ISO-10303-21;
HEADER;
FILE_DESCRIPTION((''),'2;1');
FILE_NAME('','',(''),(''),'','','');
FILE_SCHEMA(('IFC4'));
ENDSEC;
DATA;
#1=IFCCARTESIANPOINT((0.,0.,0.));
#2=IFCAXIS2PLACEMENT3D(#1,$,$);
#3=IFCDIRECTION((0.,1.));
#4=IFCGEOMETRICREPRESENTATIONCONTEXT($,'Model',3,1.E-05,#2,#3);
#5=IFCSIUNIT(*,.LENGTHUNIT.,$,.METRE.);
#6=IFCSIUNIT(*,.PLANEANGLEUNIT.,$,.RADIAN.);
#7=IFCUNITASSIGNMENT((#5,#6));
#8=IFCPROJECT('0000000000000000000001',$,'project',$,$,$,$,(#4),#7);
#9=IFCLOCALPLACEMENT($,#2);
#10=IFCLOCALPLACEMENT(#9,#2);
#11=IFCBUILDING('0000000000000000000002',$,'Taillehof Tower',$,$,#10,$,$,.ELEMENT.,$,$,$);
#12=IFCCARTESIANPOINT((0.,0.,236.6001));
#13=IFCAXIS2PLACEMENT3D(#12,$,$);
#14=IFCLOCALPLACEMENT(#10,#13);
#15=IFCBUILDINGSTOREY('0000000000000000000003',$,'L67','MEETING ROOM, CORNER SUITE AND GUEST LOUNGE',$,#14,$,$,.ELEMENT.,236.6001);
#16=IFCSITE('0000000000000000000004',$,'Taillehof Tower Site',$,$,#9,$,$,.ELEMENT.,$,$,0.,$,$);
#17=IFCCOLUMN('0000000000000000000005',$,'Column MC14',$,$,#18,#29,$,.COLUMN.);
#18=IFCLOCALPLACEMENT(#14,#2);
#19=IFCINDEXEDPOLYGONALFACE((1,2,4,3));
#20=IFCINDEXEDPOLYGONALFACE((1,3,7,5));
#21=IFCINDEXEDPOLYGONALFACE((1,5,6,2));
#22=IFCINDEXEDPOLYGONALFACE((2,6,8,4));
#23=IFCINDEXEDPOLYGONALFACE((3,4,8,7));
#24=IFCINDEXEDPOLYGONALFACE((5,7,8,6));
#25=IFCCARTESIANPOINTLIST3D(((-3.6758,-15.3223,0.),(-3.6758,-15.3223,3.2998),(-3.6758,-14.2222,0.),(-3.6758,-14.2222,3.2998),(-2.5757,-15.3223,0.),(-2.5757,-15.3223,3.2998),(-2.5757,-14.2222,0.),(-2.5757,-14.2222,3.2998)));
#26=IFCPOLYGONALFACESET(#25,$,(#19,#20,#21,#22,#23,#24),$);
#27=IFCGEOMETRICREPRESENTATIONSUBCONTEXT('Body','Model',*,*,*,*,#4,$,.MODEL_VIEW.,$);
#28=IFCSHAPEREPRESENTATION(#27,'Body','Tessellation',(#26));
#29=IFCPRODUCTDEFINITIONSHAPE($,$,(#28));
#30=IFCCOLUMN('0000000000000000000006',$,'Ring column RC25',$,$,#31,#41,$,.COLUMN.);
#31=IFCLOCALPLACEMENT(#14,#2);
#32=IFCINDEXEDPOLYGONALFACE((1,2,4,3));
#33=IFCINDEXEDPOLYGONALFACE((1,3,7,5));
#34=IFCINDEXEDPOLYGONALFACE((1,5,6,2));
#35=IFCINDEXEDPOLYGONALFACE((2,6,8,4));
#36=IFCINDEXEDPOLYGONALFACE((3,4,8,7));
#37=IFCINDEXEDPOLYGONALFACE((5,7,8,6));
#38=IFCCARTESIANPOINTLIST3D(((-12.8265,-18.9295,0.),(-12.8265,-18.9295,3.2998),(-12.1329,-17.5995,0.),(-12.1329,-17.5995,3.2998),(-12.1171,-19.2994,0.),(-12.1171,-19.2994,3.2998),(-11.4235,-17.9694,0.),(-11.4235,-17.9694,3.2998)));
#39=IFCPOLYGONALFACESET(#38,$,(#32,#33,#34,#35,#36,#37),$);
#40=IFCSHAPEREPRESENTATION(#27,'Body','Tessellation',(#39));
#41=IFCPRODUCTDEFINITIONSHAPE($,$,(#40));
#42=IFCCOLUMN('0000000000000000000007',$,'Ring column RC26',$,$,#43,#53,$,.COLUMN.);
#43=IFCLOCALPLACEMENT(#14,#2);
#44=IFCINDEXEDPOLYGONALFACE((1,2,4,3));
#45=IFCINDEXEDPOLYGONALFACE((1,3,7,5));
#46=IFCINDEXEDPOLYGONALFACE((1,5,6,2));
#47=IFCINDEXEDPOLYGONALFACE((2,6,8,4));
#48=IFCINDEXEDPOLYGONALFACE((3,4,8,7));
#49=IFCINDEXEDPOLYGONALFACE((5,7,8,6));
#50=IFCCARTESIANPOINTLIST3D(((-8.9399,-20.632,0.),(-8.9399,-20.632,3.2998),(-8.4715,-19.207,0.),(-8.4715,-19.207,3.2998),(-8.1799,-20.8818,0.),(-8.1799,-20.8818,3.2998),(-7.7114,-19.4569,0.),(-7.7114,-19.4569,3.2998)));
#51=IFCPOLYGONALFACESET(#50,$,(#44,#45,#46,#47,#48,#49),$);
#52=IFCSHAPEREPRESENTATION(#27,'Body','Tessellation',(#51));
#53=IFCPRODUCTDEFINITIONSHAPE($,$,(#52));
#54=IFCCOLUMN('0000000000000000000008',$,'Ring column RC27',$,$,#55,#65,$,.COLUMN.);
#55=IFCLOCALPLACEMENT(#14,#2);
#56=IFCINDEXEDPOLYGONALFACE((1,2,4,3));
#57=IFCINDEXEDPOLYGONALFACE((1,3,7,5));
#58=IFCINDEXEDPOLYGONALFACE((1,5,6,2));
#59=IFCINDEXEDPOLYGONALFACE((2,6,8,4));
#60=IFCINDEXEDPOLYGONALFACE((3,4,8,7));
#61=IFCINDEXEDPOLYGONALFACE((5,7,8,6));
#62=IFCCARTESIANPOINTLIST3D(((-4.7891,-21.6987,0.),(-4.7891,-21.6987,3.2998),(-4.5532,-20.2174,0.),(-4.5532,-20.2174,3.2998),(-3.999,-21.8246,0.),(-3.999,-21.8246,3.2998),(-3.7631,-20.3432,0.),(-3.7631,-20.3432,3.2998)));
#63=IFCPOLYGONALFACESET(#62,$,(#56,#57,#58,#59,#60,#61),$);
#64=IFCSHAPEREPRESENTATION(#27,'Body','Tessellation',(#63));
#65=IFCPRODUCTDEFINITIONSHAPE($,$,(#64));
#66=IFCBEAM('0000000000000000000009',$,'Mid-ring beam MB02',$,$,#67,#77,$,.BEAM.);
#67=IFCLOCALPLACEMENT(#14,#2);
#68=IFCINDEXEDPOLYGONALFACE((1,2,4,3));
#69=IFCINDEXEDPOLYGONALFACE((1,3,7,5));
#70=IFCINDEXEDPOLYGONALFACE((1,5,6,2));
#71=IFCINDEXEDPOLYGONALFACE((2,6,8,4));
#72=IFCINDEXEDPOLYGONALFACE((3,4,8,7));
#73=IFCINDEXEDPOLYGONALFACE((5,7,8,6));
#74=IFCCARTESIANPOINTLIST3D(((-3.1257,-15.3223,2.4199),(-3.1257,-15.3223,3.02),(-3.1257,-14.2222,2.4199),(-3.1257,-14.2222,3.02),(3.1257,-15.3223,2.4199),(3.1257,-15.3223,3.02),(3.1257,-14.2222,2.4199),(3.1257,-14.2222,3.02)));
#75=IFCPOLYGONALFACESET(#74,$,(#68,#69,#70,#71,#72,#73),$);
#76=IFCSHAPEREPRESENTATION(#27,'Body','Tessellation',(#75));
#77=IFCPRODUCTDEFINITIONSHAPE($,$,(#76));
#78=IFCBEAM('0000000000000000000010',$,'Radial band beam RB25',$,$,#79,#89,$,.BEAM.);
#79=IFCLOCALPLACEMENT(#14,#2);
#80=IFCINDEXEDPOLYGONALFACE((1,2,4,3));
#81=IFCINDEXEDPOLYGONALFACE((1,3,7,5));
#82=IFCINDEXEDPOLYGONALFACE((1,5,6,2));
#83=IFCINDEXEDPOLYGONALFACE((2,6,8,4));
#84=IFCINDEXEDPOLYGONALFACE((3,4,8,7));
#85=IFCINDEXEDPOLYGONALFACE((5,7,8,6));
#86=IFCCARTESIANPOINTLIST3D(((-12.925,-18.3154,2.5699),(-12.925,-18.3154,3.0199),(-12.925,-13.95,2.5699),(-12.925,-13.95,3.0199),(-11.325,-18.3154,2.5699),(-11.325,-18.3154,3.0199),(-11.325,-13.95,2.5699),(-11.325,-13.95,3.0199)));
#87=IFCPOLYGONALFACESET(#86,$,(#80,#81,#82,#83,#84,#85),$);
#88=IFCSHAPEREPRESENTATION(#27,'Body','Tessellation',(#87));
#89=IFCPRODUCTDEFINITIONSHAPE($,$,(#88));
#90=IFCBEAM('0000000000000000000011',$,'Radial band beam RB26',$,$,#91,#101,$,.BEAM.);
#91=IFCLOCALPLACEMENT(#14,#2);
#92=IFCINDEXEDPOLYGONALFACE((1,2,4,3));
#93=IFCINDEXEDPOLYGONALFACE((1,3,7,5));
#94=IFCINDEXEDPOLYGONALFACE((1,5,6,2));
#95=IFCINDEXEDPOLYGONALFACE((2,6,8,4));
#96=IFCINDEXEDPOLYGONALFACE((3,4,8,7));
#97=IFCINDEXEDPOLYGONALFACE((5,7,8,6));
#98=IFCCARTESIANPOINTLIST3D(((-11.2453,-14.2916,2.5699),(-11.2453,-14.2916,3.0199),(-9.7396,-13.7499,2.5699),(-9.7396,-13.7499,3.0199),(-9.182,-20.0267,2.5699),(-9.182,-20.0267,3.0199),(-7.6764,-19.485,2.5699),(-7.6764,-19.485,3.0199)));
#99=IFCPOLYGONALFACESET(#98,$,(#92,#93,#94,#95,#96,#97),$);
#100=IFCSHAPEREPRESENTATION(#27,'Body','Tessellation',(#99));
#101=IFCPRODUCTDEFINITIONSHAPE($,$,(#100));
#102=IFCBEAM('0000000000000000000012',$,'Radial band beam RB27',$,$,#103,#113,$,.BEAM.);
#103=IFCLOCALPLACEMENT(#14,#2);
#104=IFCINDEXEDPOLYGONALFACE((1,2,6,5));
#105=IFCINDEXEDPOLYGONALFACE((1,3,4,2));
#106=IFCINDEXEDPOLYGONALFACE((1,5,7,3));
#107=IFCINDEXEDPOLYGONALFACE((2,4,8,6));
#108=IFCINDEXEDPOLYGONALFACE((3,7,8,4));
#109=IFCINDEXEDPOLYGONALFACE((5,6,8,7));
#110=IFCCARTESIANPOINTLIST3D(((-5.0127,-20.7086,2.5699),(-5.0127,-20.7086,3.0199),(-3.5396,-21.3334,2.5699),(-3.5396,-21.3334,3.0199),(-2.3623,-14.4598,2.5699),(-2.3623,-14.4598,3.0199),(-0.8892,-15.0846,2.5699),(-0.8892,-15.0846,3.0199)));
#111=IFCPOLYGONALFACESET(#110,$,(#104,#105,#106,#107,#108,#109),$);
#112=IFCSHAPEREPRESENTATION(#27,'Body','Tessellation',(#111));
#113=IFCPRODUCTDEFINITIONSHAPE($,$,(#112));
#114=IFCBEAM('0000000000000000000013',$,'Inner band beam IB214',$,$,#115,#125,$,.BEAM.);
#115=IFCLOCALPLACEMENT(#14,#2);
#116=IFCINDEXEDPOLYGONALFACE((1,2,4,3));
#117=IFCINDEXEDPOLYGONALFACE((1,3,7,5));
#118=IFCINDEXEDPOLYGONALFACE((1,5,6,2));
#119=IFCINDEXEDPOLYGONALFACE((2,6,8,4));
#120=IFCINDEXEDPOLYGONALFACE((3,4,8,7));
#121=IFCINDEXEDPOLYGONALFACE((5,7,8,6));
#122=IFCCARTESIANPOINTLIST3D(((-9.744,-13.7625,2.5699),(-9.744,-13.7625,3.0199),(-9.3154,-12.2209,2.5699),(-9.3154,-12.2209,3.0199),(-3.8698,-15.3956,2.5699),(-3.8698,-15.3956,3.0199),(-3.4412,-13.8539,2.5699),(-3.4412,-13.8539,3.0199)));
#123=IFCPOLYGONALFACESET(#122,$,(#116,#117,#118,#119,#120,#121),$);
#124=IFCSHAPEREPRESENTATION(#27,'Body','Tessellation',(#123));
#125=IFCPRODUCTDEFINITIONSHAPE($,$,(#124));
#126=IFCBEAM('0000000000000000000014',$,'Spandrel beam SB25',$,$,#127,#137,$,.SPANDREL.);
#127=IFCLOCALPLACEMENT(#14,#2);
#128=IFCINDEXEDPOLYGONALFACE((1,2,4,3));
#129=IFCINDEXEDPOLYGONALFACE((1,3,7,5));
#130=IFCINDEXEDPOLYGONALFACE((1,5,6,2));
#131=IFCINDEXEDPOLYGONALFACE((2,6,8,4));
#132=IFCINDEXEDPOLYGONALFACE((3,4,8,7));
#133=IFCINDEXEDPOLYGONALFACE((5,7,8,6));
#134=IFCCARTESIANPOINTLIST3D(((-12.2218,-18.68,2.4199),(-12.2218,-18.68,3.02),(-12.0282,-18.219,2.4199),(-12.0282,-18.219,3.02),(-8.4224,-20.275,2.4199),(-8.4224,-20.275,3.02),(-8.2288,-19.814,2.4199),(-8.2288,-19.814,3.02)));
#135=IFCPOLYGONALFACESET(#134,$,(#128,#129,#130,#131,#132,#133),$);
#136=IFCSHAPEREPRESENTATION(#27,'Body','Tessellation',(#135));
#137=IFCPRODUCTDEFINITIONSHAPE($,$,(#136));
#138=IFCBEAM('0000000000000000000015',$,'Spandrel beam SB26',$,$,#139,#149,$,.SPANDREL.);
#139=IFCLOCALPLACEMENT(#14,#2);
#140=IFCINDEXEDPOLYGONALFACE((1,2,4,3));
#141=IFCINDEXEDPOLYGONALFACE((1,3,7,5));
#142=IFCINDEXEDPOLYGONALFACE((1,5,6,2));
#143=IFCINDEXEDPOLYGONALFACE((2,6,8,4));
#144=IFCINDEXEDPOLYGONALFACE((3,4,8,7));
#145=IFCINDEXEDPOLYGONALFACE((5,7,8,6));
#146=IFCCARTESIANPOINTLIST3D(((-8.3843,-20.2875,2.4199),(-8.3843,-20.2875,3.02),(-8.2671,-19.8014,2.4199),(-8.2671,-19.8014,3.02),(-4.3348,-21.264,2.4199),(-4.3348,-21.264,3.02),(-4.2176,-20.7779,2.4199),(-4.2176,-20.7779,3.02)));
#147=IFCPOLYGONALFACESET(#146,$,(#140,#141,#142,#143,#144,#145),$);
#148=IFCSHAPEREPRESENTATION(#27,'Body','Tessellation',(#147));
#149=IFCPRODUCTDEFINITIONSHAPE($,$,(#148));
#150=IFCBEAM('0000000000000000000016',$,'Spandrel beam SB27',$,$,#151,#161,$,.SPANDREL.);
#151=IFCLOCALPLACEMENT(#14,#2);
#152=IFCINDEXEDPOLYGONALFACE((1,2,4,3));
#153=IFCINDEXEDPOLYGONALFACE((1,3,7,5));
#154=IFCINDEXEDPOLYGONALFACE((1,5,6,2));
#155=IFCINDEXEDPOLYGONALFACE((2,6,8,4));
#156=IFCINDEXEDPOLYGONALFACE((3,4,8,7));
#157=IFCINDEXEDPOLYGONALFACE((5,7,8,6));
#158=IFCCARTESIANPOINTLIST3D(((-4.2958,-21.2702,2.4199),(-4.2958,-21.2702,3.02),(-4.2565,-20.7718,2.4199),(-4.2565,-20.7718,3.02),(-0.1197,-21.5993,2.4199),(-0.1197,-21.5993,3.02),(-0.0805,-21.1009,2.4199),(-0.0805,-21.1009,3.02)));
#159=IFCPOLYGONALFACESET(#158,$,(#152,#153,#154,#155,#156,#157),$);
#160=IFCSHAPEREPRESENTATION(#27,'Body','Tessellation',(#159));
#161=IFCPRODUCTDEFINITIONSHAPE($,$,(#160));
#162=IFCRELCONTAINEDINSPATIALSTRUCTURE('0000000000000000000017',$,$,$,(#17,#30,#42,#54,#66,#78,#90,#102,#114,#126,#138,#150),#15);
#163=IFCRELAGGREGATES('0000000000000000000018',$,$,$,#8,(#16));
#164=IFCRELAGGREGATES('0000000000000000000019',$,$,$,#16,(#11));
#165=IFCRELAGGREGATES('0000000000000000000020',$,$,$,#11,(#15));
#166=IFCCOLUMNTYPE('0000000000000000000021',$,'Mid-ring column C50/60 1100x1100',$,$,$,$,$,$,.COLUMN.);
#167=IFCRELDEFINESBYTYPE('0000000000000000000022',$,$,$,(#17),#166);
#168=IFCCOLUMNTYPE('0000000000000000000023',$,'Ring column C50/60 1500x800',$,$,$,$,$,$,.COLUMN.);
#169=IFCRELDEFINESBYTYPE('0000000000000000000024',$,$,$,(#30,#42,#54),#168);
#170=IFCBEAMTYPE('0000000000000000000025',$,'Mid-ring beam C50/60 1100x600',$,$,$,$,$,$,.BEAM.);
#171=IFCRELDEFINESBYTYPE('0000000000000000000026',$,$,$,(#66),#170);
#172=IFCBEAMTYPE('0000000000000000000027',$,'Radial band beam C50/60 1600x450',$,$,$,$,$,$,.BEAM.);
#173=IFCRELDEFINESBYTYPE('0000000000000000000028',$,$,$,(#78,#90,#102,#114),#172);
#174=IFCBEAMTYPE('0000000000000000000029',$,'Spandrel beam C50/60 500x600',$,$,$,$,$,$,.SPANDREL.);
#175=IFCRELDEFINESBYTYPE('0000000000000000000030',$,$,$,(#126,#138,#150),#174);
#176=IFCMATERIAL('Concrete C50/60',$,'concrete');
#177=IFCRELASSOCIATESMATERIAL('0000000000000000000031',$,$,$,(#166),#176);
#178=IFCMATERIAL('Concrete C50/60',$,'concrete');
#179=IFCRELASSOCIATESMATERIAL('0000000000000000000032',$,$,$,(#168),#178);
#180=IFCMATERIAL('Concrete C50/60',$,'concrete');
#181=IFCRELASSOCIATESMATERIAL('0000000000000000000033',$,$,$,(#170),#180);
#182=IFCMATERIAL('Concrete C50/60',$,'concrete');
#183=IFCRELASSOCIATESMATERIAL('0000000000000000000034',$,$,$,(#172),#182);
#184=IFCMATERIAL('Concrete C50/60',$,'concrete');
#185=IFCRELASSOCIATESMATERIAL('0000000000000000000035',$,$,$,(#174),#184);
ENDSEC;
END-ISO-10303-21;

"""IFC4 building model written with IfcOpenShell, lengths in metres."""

from ifc_helpers import new_model, si_unit, direction, frame, origin, origin_2d, place, context, subcontext, project, spatial, rectangle, extrude, material, material_profile, profile_set, type_object, element, save


model = new_model("IFC4")

# Units and contexts
model_context = context("Model", 3, precision=1e-05, world=origin(), true_north=direction((0.0, 1.0)))
body_context = subcontext(model_context, "Body", "Model", "MODEL_VIEW")
ifc_project = project(units=[si_unit("LENGTHUNIT", "METRE"), si_unit("PLANEANGLEUNIT", "RADIAN")], contexts=[model_context])

# Site, building, storey
site_placement = place(None, origin())
site = spatial("IfcSite", under=ifc_project, at=site_placement, Name="Taillehof Tower Site", CompositionType="ELEMENT", RefElevation=0.0)
building_placement = place(site_placement, origin())
building = spatial("IfcBuilding", under=site, at=building_placement, Name="Taillehof Tower", CompositionType="ELEMENT")
storey_placement = place(building_placement, frame((0.0, 0.0, 236.6001)))
storey = spatial("IfcBuildingStorey", under=building, at=storey_placement, Name="L67", Description="MEETING ROOM, CORNER SUITE AND GUEST LOUNGE", CompositionType="ELEMENT", Elevation=236.6001)

# Columns
ifc_material_1 = material(Name="Concrete C50/60", Category="concrete")
ifc_material_profile_1 = material_profile(ifc_material_1, rectangle(XDim=1.1001, YDim=1.1001, at=origin_2d()), Name="RC 1100x1100")
ifc_profile_set_1 = profile_set([ifc_material_profile_1], Name="Concrete C50/60")
column_type_1 = type_object("IfcColumnType", Name="Mid-ring column C50/60 1100x1100", PredefinedType="COLUMN", material=ifc_profile_set_1)
column_placement = place(storey_placement, frame((-3.1257, -14.7722, 0.0), z_axis=(0.0, 0.0, 1.0), x_axis=(1.0, 0.0, 0.0)))
element("IfcColumn", 1, at=column_placement, inside=storey, type_object=column_type_1, Name="Column MC14", PredefinedType="COLUMN", context=body_context, shape_type="SweptSolid", body=[
    extrude(rectangle(XDim=1.1001, YDim=1.1001, at=origin_2d()), origin(), (0.0, 0.0, 1.0), 3.2998),
])
ifc_material_2 = material(Name="Concrete C50/60", Category="concrete")
ifc_material_profile_2 = material_profile(ifc_material_2, rectangle(XDim=1.5, YDim=0.8, at=origin_2d()), Name="RC 1500x800")
ifc_profile_set_2 = profile_set([ifc_material_profile_2], Name="Concrete C50/60")
column_type_2 = type_object("IfcColumnType", Name="Ring column C50/60 1500x800", PredefinedType="COLUMN", material=ifc_profile_set_2)
for number, where, z_axis, x_axis, name in (
    (2, (-12.125, -18.4495, 0.0), (0.0, 0.0, 1.0), (-0.462384, -0.88668, 0.0), "Ring column RC25"),
    (3, (-8.3257, -20.0444, 0.0), (0.0, 0.0, 1.0), (-0.312304, -0.949982, 0.0), "Ring column RC26"),
    (4, (-4.2761, -21.021, 0.0), (0.0, 0.0, 1.0), (-0.157281, -0.987554, 0.0), "Ring column RC27"),
):
    element("IfcColumn", number, at=place(storey_placement, frame(where, z_axis=z_axis, x_axis=x_axis)), inside=storey, type_object=column_type_2, Name=name, PredefinedType="COLUMN", context=body_context, shape_type="SweptSolid", body=[
        extrude(rectangle(XDim=1.5, YDim=0.8, at=origin_2d()), origin(), (0.0, 0.0, 1.0), 3.2998),
    ])

# Beams
ifc_material_3 = material(Name="Concrete C50/60", Category="concrete")
ifc_material_profile_3 = material_profile(ifc_material_3, rectangle(XDim=1.1001, YDim=0.6001, at=origin_2d()), Name="RC 1100x600")
ifc_profile_set_3 = profile_set([ifc_material_profile_3], Name="Concrete C50/60")
beam_type_1 = type_object("IfcBeamType", Name="Mid-ring beam C50/60 1100x600", PredefinedType="BEAM", material=ifc_profile_set_3)
beam_1_placement = place(storey_placement, frame((-3.1257, -14.7722, 2.72), z_axis=(1.0, 0.0, 0.0), x_axis=(0.0, 1.0, 0.0)))
element("IfcBeam", 5, at=beam_1_placement, inside=storey, type_object=beam_type_1, Name="Mid-ring beam MB02", PredefinedType="BEAM", context=body_context, shape_type="SweptSolid", body=[
    extrude(rectangle(XDim=1.1001, YDim=0.6001, at=origin_2d()), origin(), (0.0, 0.0, 1.0), 6.2515),
])
ifc_material_4 = material(Name="Concrete C50/60", Category="concrete")
ifc_material_profile_4 = material_profile(ifc_material_4, rectangle(XDim=1.6001, YDim=0.45, at=origin_2d()), Name="RC 1600x450")
ifc_profile_set_4 = profile_set([ifc_material_profile_4], Name="Concrete C50/60")
beam_type_2 = type_object("IfcBeamType", Name="Radial band beam C50/60 1600x450", PredefinedType="BEAM", material=ifc_profile_set_4)
beam_2_placement = place(storey_placement, frame((-12.125, -18.3154, 2.7949), z_axis=(0.0, 1.0, 0.0), x_axis=(-1.0, 0.0, 0.0)))
element("IfcBeam", 6, at=beam_2_placement, inside=storey, type_object=beam_type_2, Name="Radial band beam RB25", PredefinedType="BEAM", context=body_context, shape_type="SweptSolid", body=[
    extrude(rectangle(XDim=1.6001, YDim=0.45, at=origin_2d()), origin(), (0.0, 0.0, 1.0), 4.3655),
])
beam_3_placement = place(storey_placement, frame((-8.4292, -19.7559, 2.7949), z_axis=(-0.338515, 0.940961, 0.0), x_axis=(-0.940961, -0.338515, 0.0)))
element("IfcBeam", 7, at=beam_3_placement, inside=storey, type_object=beam_type_2, Name="Radial band beam RB26", PredefinedType="BEAM", context=body_context, shape_type="SweptSolid", body=[
    extrude(rectangle(XDim=1.6001, YDim=0.45, at=origin_2d()), origin(), (0.0, 0.0, 1.0), 6.095),
])
beam_4_placement = place(storey_placement, frame((-4.2761, -21.021, 2.7949), z_axis=(0.390474, 0.920614, 0.0), x_axis=(-0.920614, 0.390474, 0.0)))
element("IfcBeam", 8, at=beam_4_placement, inside=storey, type_object=beam_type_2, Name="Radial band beam RB27", PredefinedType="BEAM", context=body_context, shape_type="SweptSolid", body=[
    extrude(rectangle(XDim=1.6001, YDim=0.45, at=origin_2d()), origin(), (0.0, 0.0, 1.0), 6.7876),
])
beam_5_placement = place(storey_placement, frame((-3.6555, -14.6248, 2.7949), z_axis=(-0.963459, 0.267855, 0.0), x_axis=(-0.267855, -0.963459, 0.0)))
element("IfcBeam", 9, at=beam_5_placement, inside=storey, type_object=beam_type_2, Name="Inner band beam IB214", PredefinedType="BEAM", context=body_context, shape_type="SweptSolid", body=[
    extrude(rectangle(XDim=1.6001, YDim=0.45, at=origin_2d()), origin(), (0.0, 0.0, 1.0), 6.0969),
])
ifc_material_5 = material(Name="Concrete C50/60", Category="concrete")
ifc_material_profile_5 = material_profile(ifc_material_5, rectangle(XDim=0.5, YDim=0.6001, at=origin_2d()), Name="RC 500x600")
ifc_profile_set_5 = profile_set([ifc_material_profile_5], Name="Concrete C50/60")
beam_type_3 = type_object("IfcBeamType", Name="Spandrel beam C50/60 500x600", PredefinedType="SPANDREL", material=ifc_profile_set_5)
beam_6_placement = place(storey_placement, frame((-12.125, -18.4495, 2.72), z_axis=(0.922046, -0.387079, 0.0), x_axis=(0.387079, 0.922046, 0.0)))
element("IfcBeam", 10, at=beam_6_placement, inside=storey, type_object=beam_type_3, Name="Spandrel beam SB25", PredefinedType="SPANDREL", context=body_context, shape_type="SweptSolid", body=[
    extrude(rectangle(XDim=0.5, YDim=0.6001, at=origin_2d()), origin(), (0.0, 0.0, 1.0), 4.1206),
])
beam_7_placement = place(storey_placement, frame((-8.3257, -20.0444, 2.72), z_axis=(0.972132, -0.234432, 0.0), x_axis=(0.234432, 0.972132, 0.0)))
element("IfcBeam", 11, at=beam_7_placement, inside=storey, type_object=beam_type_3, Name="Spandrel beam SB26", PredefinedType="SPANDREL", context=body_context, shape_type="SweptSolid", body=[
    extrude(rectangle(XDim=0.5, YDim=0.6001, at=origin_2d()), origin(), (0.0, 0.0, 1.0), 4.1655),
])
beam_8_placement = place(storey_placement, frame((-4.2761, -21.021, 2.72), z_axis=(0.996909, -0.078564, 0.0), x_axis=(0.078564, 0.996909, 0.0)))
element("IfcBeam", 12, at=beam_8_placement, inside=storey, type_object=beam_type_3, Name="Spandrel beam SB27", PredefinedType="SPANDREL", context=body_context, shape_type="SweptSolid", body=[
    extrude(rectangle(XDim=0.5, YDim=0.6001, at=origin_2d()), origin(), (0.0, 0.0, 1.0), 4.189),
])

save(model, "model.ifc")
